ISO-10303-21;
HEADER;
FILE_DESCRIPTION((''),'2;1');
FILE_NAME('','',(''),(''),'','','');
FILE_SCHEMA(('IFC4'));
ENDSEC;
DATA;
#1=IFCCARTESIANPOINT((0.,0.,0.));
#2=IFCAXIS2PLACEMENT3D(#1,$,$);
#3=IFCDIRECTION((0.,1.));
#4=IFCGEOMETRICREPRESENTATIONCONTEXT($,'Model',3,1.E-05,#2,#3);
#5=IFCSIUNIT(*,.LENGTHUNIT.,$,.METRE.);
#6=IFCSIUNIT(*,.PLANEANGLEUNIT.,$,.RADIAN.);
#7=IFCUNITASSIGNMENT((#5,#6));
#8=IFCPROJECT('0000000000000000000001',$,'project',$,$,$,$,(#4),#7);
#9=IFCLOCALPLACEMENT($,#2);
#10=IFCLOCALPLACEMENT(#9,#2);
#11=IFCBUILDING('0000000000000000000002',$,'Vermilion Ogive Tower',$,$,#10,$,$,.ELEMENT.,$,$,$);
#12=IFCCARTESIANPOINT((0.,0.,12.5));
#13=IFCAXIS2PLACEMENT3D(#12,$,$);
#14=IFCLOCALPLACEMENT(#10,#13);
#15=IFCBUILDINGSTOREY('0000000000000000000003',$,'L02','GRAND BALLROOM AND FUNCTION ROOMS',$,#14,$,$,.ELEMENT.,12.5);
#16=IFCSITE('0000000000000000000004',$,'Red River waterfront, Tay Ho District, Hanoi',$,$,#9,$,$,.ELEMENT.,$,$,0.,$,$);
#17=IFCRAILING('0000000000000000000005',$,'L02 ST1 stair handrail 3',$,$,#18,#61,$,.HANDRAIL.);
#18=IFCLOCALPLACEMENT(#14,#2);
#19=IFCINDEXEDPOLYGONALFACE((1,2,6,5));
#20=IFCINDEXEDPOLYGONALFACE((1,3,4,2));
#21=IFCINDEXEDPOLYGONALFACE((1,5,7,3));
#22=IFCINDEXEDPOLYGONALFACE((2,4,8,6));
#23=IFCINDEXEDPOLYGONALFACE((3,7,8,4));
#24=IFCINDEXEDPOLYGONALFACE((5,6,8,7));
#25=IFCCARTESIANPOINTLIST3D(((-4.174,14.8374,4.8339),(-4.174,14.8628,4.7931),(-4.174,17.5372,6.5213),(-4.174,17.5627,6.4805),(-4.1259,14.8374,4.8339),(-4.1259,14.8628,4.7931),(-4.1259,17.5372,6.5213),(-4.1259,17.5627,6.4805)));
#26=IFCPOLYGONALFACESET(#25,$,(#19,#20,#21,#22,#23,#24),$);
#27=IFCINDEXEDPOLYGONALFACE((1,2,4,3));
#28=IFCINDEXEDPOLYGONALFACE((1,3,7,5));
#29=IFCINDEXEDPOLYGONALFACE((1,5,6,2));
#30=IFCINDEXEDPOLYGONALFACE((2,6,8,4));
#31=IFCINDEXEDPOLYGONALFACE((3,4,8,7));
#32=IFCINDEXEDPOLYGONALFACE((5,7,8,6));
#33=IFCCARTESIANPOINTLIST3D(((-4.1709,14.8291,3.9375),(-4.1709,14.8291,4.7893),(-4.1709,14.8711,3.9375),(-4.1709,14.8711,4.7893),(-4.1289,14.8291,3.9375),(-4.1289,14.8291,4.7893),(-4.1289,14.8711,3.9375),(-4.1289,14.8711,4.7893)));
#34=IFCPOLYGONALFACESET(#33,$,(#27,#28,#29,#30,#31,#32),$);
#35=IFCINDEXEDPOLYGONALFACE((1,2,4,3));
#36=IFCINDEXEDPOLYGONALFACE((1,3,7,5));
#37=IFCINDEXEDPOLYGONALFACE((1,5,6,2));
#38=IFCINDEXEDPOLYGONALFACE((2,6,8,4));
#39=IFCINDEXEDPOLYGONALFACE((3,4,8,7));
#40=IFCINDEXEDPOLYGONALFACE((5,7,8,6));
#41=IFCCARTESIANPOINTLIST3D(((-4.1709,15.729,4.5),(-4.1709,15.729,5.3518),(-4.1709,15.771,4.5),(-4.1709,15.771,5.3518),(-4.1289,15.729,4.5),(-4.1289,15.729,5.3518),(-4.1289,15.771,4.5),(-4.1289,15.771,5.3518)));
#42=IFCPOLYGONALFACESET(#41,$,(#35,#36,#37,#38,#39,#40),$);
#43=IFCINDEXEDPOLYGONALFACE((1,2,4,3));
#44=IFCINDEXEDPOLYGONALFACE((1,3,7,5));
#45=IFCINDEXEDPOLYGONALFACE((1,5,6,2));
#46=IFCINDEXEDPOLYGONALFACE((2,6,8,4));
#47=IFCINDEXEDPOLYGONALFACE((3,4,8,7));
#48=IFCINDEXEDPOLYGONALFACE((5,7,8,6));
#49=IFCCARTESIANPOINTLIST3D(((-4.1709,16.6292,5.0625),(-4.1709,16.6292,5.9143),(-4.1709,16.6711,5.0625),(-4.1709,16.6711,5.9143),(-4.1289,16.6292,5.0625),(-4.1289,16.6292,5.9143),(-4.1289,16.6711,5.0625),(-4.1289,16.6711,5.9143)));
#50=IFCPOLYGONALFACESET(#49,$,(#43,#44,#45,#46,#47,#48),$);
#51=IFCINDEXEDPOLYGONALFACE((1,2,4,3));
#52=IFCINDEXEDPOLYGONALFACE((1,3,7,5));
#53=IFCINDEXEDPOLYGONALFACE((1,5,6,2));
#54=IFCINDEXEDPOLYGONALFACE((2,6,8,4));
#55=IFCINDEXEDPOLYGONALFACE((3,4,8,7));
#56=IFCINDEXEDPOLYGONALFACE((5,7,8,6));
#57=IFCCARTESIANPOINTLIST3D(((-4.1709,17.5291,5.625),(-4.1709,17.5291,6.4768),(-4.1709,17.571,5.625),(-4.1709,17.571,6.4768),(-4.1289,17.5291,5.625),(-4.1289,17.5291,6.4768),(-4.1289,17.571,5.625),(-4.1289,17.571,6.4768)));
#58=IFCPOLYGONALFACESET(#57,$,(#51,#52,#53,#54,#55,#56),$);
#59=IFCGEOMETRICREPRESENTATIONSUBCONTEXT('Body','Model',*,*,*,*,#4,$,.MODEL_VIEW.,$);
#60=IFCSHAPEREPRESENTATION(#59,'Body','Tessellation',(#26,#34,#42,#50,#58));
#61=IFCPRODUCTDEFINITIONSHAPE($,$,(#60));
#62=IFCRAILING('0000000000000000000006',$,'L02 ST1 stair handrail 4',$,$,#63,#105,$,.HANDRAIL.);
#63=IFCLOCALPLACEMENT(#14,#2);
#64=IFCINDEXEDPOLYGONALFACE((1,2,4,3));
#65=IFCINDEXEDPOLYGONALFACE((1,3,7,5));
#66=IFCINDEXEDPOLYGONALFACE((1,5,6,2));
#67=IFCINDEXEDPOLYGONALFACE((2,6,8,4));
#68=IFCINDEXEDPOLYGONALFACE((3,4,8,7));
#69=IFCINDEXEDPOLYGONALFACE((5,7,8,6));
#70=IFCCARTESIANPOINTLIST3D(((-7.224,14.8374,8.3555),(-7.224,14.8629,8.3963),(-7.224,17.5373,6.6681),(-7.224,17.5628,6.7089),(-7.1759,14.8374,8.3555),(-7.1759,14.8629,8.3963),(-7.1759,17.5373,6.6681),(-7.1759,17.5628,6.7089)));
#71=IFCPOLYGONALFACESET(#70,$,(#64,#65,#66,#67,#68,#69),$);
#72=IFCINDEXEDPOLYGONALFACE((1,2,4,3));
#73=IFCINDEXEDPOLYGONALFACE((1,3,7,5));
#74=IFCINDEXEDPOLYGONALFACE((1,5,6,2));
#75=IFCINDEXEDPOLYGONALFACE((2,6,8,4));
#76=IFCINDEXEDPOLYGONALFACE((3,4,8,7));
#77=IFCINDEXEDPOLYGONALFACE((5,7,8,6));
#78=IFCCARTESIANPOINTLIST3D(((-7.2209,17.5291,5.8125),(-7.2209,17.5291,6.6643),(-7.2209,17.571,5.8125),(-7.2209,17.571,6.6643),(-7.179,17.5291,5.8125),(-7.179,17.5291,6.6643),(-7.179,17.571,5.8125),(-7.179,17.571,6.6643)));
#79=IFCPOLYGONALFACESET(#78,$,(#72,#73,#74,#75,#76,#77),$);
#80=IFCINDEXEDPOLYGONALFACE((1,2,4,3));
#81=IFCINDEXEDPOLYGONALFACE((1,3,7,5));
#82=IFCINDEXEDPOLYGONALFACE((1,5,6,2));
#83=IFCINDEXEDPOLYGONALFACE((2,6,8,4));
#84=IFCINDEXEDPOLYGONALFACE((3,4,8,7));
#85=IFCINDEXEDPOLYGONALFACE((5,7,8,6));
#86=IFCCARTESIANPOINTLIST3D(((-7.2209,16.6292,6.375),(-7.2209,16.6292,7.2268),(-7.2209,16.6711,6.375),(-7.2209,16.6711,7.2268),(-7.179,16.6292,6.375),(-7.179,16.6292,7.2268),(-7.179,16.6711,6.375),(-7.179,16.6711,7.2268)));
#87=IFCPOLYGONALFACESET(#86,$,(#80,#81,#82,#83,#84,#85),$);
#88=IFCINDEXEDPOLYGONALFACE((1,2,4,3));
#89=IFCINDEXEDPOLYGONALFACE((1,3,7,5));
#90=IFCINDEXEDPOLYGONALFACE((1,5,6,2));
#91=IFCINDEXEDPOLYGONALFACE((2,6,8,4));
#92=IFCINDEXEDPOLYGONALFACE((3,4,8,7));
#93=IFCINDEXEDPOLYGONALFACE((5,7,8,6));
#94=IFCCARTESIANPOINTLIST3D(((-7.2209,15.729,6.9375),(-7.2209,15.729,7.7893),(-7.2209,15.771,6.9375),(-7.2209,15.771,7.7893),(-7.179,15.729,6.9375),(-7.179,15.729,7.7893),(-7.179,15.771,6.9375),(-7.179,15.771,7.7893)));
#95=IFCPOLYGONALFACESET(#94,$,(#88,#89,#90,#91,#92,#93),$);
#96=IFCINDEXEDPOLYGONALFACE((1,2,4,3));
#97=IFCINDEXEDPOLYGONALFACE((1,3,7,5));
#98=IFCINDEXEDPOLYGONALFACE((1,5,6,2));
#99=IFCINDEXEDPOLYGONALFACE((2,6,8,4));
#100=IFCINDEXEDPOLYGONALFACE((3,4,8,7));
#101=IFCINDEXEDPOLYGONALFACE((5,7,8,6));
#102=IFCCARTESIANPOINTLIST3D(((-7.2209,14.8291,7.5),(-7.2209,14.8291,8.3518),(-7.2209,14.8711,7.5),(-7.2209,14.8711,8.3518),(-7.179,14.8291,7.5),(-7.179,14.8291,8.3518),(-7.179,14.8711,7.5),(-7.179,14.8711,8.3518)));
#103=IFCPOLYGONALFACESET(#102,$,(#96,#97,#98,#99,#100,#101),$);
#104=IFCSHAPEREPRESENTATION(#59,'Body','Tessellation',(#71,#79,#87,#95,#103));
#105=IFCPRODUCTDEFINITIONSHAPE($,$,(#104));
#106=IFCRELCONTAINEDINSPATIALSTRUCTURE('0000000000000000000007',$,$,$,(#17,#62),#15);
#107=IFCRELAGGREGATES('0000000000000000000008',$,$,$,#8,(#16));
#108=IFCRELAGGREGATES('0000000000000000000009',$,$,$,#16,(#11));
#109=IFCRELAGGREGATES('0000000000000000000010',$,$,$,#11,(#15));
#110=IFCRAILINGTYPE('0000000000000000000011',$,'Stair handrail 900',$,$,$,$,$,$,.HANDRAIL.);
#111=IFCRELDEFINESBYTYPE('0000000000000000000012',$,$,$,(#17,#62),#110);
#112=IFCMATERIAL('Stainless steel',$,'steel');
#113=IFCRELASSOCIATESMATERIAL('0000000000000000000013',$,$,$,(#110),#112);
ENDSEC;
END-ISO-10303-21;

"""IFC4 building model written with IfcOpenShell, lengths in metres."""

from ifc_helpers import new_model, si_unit, direction, frame, origin, origin_2d, place, context, subcontext, project, spatial, rectangle, extrude, material, type_object, element, save


model = new_model("IFC4")

# Units and contexts
model_context = context("Model", 3, precision=1e-05, world=origin(), true_north=direction((0.0, 1.0)))
body_context = subcontext(model_context, "Body", "Model", "MODEL_VIEW")
ifc_project = project(units=[si_unit("LENGTHUNIT", "METRE"), si_unit("PLANEANGLEUNIT", "RADIAN")], contexts=[model_context])

# Site, building, storey
site_placement = place(None, origin())
site = spatial("IfcSite", under=ifc_project, at=site_placement, Name="Red River waterfront, Tay Ho District, Hanoi", CompositionType="ELEMENT", RefElevation=0.0)
building_placement = place(site_placement, origin())
building = spatial("IfcBuilding", under=site, at=building_placement, Name="Vermilion Ogive Tower", CompositionType="ELEMENT")
storey_placement = place(building_placement, frame((0.0, 0.0, 12.5)))
storey = spatial("IfcBuildingStorey", under=building, at=storey_placement, Name="L02", Description="GRAND BALLROOM AND FUNCTION ROOMS", CompositionType="ELEMENT", Elevation=12.5)

# Railings
ifc_material_1 = material(Name="Stainless steel", Category="steel")
railing_type_1 = type_object("IfcRailingType", Name="Stair handrail 900", PredefinedType="HANDRAIL", material=ifc_material_1)
railing_1_placement = place(storey_placement, frame((-4.1499, 14.8501, 3.9375)))
element("IfcRailing", 1, at=railing_1_placement, inside=storey, type_object=railing_type_1, Name="L02 ST1 stair handrail 3", PredefinedType="HANDRAIL", context=body_context, shape_type="SweptSolid", body=[
    extrude(rectangle(XDim=0.0481, YDim=0.0481, at=origin_2d()), frame((0.0, 0.0, 0.876), z_axis=(0.0, 0.847994, 0.530006), x_axis=(-1.0, 0.0, 0.0)), (0.0, 0.0, 1.0), 3.1838),
    extrude(rectangle(XDim=0.042, YDim=0.042, at=origin_2d()), origin(), (0.0, 0.0, 1.0), 0.8518),
    extrude(rectangle(XDim=0.042, YDim=0.042, at=origin_2d()), frame((0.0, 0.8999, 0.5625)), (0.0, 0.0, 1.0), 0.8518),
    extrude(rectangle(XDim=0.042, YDim=0.042, at=origin_2d()), frame((0.0, 1.8, 1.125)), (0.0, 0.0, 1.0), 0.8518),
    extrude(rectangle(XDim=0.042, YDim=0.042, at=origin_2d()), frame((0.0, 2.7, 1.6875)), (0.0, 0.0, 1.0), 0.8518),
])
railing_2_placement = place(storey_placement, frame((-7.2, 17.55, 5.8125)))
element("IfcRailing", 2, at=railing_2_placement, inside=storey, type_object=railing_type_1, Name="L02 ST1 stair handrail 4", PredefinedType="HANDRAIL", context=body_context, shape_type="SweptSolid", body=[
    extrude(rectangle(XDim=0.0481, YDim=0.0481, at=origin_2d()), frame((0.0, 0.0, 0.876), z_axis=(0.0, -0.847994, 0.530006), x_axis=(1.0, 0.0, 0.0)), (0.0, 0.0, 1.0), 3.1838),
    extrude(rectangle(XDim=0.042, YDim=0.042, at=origin_2d()), origin(), (0.0, 0.0, 1.0), 0.8518),
    extrude(rectangle(XDim=0.042, YDim=0.042, at=origin_2d()), frame((0.0, -0.8999, 0.5625)), (0.0, 0.0, 1.0), 0.8518),
    extrude(rectangle(XDim=0.042, YDim=0.042, at=origin_2d()), frame((0.0, -1.8, 1.125)), (0.0, 0.0, 1.0), 0.8518),
    extrude(rectangle(XDim=0.042, YDim=0.042, at=origin_2d()), frame((0.0, -2.7, 1.6875)), (0.0, 0.0, 1.0), 0.8518),
])

save(model, "model.ifc")
